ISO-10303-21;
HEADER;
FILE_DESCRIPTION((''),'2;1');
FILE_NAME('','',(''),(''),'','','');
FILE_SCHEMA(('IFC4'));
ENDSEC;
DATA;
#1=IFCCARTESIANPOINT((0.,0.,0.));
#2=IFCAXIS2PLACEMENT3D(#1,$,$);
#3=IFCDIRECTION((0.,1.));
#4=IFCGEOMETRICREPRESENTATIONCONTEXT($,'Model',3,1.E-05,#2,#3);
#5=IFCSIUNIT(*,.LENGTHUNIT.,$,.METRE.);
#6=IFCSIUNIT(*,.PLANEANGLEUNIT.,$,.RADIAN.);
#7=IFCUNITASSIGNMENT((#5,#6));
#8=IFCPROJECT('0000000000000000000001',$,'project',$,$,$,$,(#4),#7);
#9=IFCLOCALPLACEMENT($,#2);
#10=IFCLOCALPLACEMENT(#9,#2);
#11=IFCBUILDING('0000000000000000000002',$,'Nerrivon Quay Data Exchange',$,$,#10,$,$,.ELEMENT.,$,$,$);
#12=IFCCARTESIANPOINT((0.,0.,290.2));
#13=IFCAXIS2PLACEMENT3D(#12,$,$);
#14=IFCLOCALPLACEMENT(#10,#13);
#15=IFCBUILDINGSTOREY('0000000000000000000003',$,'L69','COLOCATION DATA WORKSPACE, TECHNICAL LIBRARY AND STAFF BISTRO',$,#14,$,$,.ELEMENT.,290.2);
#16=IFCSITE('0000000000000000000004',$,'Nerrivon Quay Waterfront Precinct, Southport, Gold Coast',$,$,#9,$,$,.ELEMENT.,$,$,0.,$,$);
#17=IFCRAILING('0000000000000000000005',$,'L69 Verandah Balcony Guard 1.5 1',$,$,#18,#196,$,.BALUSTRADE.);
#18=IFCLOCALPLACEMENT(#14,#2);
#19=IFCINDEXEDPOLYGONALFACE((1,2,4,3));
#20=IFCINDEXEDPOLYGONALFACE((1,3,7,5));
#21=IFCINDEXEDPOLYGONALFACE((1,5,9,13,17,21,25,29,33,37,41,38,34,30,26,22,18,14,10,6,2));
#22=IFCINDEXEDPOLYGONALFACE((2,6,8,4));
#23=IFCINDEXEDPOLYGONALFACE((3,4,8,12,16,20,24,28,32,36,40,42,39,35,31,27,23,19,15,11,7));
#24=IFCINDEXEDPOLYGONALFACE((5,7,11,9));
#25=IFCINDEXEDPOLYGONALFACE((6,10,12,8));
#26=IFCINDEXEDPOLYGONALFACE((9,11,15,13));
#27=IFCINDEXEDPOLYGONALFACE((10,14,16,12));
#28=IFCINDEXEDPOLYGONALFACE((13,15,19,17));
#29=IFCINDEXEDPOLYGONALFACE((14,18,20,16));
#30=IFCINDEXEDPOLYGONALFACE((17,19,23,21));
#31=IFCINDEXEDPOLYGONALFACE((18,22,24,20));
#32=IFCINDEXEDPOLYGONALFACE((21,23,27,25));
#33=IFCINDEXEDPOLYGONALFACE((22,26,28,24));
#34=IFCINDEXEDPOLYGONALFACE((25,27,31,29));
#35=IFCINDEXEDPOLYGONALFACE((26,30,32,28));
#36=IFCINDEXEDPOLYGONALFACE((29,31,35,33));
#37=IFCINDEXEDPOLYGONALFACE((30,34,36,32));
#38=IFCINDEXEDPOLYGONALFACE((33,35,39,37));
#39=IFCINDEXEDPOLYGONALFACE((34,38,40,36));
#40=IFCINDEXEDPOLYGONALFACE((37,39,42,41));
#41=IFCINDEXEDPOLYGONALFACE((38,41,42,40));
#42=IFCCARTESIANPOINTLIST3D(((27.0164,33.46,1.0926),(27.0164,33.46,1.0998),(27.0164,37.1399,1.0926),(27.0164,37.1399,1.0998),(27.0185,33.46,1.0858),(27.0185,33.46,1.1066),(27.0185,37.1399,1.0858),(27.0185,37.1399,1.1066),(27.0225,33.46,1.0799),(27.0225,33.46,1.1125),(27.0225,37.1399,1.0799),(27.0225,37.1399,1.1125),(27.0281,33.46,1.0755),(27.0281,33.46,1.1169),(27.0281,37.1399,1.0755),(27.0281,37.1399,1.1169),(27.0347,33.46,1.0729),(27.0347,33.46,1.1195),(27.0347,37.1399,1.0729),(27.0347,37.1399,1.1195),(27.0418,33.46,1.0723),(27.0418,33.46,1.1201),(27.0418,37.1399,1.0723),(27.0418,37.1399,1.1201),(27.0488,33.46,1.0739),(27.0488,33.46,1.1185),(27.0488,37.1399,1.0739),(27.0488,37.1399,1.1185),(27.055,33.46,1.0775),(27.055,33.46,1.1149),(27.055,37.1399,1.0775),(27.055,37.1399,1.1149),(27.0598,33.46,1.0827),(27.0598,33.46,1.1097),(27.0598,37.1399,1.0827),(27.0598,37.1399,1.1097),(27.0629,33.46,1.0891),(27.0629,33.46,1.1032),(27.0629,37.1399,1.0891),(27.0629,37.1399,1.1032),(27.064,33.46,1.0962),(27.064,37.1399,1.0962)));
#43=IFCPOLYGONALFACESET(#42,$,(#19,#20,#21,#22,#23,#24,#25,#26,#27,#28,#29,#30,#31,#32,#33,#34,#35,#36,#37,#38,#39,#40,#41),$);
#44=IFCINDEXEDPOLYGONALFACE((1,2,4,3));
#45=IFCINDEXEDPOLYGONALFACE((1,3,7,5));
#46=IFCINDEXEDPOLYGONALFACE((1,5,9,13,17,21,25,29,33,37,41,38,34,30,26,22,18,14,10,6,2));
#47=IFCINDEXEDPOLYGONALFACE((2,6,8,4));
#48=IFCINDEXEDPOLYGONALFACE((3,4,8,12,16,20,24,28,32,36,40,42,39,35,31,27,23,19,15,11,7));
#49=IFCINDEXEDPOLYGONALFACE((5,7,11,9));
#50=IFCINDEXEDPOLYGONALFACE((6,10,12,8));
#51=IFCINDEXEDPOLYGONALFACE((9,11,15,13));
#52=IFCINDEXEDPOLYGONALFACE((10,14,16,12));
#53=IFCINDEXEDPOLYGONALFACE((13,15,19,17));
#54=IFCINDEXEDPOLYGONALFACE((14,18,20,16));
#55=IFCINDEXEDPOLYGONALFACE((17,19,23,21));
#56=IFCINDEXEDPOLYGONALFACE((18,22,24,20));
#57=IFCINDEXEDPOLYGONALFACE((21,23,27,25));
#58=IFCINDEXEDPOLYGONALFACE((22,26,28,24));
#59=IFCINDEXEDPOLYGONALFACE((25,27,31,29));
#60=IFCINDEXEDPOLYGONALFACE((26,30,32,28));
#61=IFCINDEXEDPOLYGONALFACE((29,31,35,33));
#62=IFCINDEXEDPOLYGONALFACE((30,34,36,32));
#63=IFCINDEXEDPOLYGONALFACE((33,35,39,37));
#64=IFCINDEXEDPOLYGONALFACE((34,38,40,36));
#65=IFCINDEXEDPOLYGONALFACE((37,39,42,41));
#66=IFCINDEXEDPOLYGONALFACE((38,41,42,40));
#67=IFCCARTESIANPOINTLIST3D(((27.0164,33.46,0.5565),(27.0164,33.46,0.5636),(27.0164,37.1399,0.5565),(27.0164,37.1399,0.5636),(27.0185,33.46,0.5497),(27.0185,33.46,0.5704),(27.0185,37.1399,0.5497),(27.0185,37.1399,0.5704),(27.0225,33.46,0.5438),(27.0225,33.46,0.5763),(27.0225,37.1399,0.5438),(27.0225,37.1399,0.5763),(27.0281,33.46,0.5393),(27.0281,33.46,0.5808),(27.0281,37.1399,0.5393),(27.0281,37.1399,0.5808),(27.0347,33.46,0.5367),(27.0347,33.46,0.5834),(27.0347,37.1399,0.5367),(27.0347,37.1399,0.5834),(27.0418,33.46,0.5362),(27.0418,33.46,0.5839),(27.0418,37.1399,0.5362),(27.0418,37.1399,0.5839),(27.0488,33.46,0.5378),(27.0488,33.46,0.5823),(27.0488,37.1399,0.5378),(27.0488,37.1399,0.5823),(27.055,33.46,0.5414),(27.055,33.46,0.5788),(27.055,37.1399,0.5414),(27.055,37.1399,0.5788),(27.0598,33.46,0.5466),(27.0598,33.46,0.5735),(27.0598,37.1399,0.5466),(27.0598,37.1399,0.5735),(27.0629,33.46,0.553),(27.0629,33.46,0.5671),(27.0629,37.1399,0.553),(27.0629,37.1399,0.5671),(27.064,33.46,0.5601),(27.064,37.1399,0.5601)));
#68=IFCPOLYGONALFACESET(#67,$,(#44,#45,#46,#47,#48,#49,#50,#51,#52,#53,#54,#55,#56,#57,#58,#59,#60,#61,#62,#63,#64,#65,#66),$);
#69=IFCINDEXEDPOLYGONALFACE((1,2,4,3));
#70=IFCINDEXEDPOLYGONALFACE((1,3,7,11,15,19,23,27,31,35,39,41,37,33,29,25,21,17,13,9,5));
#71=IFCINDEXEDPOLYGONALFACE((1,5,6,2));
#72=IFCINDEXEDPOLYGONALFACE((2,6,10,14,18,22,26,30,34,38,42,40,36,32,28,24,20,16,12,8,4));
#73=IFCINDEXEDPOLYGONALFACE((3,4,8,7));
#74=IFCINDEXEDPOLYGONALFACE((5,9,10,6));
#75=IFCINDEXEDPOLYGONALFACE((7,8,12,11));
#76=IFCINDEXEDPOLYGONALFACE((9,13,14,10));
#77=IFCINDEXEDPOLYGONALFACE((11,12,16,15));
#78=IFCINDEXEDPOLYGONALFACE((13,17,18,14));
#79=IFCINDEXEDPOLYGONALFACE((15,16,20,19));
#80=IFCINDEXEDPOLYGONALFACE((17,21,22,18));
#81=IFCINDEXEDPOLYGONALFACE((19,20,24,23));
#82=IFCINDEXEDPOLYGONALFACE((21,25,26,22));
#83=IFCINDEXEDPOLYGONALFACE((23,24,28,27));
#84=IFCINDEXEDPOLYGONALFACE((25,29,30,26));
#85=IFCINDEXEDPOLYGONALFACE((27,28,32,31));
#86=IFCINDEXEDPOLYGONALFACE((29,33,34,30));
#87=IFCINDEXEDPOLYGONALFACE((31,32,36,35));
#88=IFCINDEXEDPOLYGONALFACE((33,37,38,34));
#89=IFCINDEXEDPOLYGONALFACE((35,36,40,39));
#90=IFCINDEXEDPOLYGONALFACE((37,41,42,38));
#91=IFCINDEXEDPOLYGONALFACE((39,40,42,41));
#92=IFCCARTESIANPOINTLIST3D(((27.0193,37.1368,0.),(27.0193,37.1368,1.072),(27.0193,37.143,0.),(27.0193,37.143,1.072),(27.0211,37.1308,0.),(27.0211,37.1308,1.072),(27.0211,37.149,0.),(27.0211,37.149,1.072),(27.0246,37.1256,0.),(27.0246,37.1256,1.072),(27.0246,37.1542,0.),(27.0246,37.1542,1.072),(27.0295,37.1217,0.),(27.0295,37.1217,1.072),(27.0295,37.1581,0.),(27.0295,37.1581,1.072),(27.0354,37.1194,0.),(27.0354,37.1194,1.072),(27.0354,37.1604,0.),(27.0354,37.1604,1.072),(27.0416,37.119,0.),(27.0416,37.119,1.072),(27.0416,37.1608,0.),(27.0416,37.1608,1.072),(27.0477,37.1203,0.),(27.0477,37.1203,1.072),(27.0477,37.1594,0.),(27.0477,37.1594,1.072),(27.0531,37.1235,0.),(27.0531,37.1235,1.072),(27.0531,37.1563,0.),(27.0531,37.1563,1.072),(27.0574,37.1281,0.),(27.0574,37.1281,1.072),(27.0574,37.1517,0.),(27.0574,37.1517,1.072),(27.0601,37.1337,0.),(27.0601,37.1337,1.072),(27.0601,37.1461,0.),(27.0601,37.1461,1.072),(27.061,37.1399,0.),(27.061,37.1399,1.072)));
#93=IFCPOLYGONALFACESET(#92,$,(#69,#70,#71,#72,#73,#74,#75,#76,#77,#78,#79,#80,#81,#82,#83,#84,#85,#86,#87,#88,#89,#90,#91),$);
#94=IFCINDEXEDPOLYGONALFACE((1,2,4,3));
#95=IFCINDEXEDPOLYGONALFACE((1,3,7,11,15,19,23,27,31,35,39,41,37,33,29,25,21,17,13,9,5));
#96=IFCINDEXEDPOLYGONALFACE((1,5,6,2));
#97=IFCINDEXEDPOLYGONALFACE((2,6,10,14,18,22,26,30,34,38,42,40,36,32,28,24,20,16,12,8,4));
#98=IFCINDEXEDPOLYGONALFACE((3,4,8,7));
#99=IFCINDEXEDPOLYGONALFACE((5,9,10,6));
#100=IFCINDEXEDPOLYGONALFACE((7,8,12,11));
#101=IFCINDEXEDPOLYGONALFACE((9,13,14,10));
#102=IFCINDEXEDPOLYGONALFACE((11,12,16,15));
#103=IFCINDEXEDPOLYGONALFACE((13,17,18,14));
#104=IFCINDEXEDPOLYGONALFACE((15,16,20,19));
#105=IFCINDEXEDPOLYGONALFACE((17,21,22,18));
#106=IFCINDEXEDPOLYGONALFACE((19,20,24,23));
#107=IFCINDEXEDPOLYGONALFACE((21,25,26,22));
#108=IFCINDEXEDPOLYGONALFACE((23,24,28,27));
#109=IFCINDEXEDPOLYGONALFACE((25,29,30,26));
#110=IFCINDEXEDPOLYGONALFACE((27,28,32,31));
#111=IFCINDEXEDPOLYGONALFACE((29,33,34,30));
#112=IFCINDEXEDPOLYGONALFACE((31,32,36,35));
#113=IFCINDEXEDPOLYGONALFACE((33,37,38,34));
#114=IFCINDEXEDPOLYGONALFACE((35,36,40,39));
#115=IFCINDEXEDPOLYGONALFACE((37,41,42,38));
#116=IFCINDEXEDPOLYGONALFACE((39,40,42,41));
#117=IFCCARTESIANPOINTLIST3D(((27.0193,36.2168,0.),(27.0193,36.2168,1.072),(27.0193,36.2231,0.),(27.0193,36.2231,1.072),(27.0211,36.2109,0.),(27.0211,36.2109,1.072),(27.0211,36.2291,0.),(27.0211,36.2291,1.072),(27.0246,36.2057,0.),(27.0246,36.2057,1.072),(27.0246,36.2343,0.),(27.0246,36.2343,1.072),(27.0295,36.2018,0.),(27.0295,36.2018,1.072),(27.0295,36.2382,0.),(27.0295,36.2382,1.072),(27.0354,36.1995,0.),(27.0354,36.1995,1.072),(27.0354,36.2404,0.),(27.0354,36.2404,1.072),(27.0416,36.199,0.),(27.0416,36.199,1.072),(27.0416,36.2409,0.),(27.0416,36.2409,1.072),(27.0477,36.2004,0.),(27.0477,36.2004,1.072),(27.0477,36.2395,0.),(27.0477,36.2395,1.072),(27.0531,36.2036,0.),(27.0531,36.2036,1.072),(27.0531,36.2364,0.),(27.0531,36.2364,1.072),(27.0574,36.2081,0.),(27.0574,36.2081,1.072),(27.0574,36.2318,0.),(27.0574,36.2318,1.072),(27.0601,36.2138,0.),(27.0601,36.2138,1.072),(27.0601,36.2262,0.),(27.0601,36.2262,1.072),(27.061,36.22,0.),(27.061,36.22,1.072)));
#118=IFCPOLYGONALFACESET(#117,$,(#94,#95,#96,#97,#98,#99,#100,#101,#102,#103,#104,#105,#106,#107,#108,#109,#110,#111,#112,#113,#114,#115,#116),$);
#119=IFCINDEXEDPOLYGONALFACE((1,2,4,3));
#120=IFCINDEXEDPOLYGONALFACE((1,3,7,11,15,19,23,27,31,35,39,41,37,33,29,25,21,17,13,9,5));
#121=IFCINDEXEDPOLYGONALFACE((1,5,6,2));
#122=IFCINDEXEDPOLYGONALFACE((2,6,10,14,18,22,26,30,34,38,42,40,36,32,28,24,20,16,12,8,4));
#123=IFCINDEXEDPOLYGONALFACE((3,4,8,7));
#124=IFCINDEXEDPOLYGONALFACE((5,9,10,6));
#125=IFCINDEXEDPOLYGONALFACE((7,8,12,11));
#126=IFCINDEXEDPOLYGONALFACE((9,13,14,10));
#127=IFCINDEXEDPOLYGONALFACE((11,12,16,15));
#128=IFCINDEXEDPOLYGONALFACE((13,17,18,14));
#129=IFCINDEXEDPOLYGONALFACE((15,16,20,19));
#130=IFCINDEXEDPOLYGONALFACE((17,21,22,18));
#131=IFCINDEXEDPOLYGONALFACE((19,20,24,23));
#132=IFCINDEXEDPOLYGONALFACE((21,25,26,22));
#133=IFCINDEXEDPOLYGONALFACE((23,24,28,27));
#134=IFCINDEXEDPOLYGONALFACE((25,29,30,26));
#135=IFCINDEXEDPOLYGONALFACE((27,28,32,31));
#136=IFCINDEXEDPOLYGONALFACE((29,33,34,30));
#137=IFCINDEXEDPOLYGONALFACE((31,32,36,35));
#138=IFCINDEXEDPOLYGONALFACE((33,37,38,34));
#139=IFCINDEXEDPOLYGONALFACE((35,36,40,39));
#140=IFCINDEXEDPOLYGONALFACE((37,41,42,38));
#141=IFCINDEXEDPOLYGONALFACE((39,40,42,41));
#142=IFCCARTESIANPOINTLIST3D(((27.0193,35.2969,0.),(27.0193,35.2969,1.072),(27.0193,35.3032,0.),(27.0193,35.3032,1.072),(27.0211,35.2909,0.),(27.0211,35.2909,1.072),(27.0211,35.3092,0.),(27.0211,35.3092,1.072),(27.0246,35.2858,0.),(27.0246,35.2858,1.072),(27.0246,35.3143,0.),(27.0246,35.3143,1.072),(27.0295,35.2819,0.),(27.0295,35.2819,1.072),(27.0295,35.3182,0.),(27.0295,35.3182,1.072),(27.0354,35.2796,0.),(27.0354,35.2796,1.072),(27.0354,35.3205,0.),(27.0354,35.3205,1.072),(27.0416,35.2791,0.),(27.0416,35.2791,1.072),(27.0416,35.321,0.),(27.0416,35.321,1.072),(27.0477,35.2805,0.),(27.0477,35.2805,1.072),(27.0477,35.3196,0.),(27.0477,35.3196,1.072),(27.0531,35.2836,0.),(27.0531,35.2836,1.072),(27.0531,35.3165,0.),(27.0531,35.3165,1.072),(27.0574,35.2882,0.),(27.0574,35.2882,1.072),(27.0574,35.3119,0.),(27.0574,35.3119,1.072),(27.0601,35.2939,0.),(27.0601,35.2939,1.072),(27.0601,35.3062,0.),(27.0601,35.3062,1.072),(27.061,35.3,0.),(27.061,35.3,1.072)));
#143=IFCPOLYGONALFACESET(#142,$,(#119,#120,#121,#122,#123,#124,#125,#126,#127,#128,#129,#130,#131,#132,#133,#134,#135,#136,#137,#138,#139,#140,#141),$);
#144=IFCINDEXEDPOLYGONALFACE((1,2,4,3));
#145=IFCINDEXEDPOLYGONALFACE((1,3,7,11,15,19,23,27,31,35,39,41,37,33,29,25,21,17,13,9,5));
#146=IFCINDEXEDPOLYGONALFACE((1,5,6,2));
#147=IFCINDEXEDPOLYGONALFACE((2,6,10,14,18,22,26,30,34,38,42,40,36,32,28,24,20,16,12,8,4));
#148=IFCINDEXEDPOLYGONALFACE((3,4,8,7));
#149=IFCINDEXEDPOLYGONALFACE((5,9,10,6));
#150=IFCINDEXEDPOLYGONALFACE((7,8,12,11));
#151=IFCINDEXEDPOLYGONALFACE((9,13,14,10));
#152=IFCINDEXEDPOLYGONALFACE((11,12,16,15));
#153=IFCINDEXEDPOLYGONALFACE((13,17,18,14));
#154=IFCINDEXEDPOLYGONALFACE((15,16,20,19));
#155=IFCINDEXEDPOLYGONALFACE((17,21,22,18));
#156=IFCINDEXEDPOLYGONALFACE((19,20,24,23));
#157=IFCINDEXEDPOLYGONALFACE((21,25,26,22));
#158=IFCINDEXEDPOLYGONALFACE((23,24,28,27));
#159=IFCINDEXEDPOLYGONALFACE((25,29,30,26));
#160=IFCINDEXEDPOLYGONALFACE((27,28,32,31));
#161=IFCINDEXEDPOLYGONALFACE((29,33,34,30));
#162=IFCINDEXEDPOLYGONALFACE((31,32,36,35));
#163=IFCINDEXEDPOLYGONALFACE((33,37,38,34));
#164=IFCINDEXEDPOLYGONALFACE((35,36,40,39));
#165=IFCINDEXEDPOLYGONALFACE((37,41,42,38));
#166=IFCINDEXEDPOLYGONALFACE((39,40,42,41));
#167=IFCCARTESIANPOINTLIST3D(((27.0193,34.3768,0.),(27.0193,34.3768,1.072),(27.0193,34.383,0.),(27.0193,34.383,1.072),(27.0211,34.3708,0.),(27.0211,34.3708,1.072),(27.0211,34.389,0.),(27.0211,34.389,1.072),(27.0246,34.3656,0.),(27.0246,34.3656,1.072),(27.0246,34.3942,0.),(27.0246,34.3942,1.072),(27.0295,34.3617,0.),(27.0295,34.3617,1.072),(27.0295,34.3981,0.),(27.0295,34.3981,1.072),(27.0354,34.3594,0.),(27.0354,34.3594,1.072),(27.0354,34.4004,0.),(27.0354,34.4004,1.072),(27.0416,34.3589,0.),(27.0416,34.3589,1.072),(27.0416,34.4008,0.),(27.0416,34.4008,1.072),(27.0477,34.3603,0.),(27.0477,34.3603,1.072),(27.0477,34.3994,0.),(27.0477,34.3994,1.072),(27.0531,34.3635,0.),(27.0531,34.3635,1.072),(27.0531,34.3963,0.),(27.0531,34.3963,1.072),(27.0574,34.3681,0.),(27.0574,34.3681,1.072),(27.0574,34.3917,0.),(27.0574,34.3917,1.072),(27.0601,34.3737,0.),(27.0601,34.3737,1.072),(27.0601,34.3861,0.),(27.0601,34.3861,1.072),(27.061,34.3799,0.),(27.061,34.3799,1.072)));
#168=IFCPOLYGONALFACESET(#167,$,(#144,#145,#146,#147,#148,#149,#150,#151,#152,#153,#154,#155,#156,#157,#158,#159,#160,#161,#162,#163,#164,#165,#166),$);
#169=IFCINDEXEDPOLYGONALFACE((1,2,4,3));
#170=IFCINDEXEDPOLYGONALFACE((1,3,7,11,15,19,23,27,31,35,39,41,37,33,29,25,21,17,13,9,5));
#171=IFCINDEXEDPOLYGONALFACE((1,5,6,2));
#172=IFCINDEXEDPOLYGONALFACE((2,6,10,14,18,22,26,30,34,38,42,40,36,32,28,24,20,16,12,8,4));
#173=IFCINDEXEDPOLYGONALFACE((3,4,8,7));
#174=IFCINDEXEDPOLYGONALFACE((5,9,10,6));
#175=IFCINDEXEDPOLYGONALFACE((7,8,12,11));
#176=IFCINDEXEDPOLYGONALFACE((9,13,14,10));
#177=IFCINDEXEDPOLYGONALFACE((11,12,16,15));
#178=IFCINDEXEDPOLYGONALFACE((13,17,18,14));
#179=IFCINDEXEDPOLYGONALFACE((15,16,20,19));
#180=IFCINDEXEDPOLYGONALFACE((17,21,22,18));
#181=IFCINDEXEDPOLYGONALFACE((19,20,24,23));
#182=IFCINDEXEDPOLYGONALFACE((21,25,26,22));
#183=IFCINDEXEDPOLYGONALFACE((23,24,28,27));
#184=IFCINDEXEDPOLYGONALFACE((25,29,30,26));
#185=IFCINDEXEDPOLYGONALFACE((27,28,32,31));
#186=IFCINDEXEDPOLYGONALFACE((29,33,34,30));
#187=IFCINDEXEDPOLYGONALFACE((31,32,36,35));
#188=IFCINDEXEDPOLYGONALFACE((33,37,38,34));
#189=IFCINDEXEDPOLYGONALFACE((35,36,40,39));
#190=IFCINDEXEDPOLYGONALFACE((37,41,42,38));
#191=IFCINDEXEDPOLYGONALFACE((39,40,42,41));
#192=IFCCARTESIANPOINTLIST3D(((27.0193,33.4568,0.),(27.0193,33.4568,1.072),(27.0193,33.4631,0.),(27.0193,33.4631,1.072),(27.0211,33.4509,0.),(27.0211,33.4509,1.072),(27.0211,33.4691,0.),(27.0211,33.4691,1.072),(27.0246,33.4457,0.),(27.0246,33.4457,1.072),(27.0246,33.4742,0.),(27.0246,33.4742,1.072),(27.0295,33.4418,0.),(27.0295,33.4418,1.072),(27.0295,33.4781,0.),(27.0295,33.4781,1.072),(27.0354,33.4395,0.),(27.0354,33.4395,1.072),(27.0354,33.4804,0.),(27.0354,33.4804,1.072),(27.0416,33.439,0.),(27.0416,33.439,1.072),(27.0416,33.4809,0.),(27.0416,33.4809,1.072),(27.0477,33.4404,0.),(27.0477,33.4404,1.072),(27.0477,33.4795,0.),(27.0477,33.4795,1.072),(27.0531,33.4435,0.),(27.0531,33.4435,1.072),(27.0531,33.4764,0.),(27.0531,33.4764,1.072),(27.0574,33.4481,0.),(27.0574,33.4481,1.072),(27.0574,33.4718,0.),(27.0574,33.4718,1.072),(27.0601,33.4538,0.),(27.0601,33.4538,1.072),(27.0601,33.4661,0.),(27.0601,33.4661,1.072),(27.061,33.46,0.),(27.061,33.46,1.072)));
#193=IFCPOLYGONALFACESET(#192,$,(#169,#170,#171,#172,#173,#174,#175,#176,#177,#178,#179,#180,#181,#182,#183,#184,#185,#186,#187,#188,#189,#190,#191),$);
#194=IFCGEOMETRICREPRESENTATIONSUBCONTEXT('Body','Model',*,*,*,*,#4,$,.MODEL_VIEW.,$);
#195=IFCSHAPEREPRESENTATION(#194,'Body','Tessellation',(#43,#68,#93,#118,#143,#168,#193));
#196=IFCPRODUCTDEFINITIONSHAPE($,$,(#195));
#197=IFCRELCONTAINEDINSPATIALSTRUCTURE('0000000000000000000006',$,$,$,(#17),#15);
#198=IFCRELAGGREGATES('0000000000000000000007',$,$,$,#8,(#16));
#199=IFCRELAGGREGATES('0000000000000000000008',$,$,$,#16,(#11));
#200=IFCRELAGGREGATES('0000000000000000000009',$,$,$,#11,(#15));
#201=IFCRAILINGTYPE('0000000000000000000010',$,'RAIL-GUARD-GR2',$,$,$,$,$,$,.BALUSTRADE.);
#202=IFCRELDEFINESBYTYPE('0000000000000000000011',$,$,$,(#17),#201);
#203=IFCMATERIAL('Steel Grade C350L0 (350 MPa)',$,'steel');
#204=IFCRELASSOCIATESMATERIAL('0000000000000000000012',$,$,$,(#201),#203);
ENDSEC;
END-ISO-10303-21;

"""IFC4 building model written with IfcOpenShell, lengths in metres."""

from ifc_helpers import new_model, si_unit, direction, frame, origin, origin_2d, place, context, subcontext, project, spatial, circle, extrude, material, type_object, element, save


model = new_model("IFC4")

# Units and contexts
model_context = context("Model", 3, precision=1e-05, world=origin(), true_north=direction((0.0, 1.0)))
body_context = subcontext(model_context, "Body", "Model", "MODEL_VIEW")
ifc_project = project(units=[si_unit("LENGTHUNIT", "METRE"), si_unit("PLANEANGLEUNIT", "RADIAN")], contexts=[model_context])

# Site, building, storey
site_placement = place(None, origin())
site = spatial("IfcSite", under=ifc_project, at=site_placement, Name="Nerrivon Quay Waterfront Precinct, Southport, Gold Coast", CompositionType="ELEMENT", RefElevation=0.0)
building_placement = place(site_placement, origin())
building = spatial("IfcBuilding", under=site, at=building_placement, Name="Nerrivon Quay Data Exchange", CompositionType="ELEMENT")
storey_placement = place(building_placement, frame((0.0, 0.0, 290.2)))
storey = spatial("IfcBuildingStorey", under=building, at=storey_placement, Name="L69", Description="COLOCATION DATA WORKSPACE, TECHNICAL LIBRARY AND STAFF BISTRO", CompositionType="ELEMENT", Elevation=290.2)

# Railing
ifc_material_1 = material(Name="Steel Grade C350L0 (350 MPa)", Category="steel")
railing_type = type_object("IfcRailingType", Name="RAIL-GUARD-GR2", PredefinedType="BALUSTRADE", material=ifc_material_1)
railing_1_placement = place(storey_placement, frame((27.04, 37.1399, 0.0)))
element("IfcRailing", 1, at=railing_1_placement, inside=storey, type_object=railing_type, Name="L69 Verandah Balcony Guard 1.5 1", PredefinedType="BALUSTRADE", context=body_context, shape_type="SweptSolid", body=[
    extrude(circle(Radius=0.0239, at=origin_2d()), frame((0.0, 0.0, 1.0962), z_axis=(0.0, -1.0, 0.0), x_axis=(1.0, 0.0, 0.0)), (0.0, 0.0, 1.0), 3.6799),
    extrude(circle(Radius=0.0239, at=origin_2d()), frame((0.0, 0.0, 0.5601), z_axis=(0.0, -1.0, 0.0), x_axis=(1.0, 0.0, 0.0)), (0.0, 0.0, 1.0), 3.6799),
    extrude(circle(Radius=0.021, at=origin_2d()), origin(), (0.0, 0.0, 1.0), 1.072),
    extrude(circle(Radius=0.021, at=origin_2d()), frame((0.0, -0.9199, 0.0)), (0.0, 0.0, 1.0), 1.072),
    extrude(circle(Radius=0.021, at=origin_2d()), frame((0.0, -1.8398, 0.0)), (0.0, 0.0, 1.0), 1.072),
    extrude(circle(Radius=0.021, at=origin_2d()), frame((0.0, -2.76, 0.0)), (0.0, 0.0, 1.0), 1.072),
    extrude(circle(Radius=0.021, at=origin_2d()), frame((0.0, -3.6799, 0.0)), (0.0, 0.0, 1.0), 1.072),
])

save(model, "model.ifc")
